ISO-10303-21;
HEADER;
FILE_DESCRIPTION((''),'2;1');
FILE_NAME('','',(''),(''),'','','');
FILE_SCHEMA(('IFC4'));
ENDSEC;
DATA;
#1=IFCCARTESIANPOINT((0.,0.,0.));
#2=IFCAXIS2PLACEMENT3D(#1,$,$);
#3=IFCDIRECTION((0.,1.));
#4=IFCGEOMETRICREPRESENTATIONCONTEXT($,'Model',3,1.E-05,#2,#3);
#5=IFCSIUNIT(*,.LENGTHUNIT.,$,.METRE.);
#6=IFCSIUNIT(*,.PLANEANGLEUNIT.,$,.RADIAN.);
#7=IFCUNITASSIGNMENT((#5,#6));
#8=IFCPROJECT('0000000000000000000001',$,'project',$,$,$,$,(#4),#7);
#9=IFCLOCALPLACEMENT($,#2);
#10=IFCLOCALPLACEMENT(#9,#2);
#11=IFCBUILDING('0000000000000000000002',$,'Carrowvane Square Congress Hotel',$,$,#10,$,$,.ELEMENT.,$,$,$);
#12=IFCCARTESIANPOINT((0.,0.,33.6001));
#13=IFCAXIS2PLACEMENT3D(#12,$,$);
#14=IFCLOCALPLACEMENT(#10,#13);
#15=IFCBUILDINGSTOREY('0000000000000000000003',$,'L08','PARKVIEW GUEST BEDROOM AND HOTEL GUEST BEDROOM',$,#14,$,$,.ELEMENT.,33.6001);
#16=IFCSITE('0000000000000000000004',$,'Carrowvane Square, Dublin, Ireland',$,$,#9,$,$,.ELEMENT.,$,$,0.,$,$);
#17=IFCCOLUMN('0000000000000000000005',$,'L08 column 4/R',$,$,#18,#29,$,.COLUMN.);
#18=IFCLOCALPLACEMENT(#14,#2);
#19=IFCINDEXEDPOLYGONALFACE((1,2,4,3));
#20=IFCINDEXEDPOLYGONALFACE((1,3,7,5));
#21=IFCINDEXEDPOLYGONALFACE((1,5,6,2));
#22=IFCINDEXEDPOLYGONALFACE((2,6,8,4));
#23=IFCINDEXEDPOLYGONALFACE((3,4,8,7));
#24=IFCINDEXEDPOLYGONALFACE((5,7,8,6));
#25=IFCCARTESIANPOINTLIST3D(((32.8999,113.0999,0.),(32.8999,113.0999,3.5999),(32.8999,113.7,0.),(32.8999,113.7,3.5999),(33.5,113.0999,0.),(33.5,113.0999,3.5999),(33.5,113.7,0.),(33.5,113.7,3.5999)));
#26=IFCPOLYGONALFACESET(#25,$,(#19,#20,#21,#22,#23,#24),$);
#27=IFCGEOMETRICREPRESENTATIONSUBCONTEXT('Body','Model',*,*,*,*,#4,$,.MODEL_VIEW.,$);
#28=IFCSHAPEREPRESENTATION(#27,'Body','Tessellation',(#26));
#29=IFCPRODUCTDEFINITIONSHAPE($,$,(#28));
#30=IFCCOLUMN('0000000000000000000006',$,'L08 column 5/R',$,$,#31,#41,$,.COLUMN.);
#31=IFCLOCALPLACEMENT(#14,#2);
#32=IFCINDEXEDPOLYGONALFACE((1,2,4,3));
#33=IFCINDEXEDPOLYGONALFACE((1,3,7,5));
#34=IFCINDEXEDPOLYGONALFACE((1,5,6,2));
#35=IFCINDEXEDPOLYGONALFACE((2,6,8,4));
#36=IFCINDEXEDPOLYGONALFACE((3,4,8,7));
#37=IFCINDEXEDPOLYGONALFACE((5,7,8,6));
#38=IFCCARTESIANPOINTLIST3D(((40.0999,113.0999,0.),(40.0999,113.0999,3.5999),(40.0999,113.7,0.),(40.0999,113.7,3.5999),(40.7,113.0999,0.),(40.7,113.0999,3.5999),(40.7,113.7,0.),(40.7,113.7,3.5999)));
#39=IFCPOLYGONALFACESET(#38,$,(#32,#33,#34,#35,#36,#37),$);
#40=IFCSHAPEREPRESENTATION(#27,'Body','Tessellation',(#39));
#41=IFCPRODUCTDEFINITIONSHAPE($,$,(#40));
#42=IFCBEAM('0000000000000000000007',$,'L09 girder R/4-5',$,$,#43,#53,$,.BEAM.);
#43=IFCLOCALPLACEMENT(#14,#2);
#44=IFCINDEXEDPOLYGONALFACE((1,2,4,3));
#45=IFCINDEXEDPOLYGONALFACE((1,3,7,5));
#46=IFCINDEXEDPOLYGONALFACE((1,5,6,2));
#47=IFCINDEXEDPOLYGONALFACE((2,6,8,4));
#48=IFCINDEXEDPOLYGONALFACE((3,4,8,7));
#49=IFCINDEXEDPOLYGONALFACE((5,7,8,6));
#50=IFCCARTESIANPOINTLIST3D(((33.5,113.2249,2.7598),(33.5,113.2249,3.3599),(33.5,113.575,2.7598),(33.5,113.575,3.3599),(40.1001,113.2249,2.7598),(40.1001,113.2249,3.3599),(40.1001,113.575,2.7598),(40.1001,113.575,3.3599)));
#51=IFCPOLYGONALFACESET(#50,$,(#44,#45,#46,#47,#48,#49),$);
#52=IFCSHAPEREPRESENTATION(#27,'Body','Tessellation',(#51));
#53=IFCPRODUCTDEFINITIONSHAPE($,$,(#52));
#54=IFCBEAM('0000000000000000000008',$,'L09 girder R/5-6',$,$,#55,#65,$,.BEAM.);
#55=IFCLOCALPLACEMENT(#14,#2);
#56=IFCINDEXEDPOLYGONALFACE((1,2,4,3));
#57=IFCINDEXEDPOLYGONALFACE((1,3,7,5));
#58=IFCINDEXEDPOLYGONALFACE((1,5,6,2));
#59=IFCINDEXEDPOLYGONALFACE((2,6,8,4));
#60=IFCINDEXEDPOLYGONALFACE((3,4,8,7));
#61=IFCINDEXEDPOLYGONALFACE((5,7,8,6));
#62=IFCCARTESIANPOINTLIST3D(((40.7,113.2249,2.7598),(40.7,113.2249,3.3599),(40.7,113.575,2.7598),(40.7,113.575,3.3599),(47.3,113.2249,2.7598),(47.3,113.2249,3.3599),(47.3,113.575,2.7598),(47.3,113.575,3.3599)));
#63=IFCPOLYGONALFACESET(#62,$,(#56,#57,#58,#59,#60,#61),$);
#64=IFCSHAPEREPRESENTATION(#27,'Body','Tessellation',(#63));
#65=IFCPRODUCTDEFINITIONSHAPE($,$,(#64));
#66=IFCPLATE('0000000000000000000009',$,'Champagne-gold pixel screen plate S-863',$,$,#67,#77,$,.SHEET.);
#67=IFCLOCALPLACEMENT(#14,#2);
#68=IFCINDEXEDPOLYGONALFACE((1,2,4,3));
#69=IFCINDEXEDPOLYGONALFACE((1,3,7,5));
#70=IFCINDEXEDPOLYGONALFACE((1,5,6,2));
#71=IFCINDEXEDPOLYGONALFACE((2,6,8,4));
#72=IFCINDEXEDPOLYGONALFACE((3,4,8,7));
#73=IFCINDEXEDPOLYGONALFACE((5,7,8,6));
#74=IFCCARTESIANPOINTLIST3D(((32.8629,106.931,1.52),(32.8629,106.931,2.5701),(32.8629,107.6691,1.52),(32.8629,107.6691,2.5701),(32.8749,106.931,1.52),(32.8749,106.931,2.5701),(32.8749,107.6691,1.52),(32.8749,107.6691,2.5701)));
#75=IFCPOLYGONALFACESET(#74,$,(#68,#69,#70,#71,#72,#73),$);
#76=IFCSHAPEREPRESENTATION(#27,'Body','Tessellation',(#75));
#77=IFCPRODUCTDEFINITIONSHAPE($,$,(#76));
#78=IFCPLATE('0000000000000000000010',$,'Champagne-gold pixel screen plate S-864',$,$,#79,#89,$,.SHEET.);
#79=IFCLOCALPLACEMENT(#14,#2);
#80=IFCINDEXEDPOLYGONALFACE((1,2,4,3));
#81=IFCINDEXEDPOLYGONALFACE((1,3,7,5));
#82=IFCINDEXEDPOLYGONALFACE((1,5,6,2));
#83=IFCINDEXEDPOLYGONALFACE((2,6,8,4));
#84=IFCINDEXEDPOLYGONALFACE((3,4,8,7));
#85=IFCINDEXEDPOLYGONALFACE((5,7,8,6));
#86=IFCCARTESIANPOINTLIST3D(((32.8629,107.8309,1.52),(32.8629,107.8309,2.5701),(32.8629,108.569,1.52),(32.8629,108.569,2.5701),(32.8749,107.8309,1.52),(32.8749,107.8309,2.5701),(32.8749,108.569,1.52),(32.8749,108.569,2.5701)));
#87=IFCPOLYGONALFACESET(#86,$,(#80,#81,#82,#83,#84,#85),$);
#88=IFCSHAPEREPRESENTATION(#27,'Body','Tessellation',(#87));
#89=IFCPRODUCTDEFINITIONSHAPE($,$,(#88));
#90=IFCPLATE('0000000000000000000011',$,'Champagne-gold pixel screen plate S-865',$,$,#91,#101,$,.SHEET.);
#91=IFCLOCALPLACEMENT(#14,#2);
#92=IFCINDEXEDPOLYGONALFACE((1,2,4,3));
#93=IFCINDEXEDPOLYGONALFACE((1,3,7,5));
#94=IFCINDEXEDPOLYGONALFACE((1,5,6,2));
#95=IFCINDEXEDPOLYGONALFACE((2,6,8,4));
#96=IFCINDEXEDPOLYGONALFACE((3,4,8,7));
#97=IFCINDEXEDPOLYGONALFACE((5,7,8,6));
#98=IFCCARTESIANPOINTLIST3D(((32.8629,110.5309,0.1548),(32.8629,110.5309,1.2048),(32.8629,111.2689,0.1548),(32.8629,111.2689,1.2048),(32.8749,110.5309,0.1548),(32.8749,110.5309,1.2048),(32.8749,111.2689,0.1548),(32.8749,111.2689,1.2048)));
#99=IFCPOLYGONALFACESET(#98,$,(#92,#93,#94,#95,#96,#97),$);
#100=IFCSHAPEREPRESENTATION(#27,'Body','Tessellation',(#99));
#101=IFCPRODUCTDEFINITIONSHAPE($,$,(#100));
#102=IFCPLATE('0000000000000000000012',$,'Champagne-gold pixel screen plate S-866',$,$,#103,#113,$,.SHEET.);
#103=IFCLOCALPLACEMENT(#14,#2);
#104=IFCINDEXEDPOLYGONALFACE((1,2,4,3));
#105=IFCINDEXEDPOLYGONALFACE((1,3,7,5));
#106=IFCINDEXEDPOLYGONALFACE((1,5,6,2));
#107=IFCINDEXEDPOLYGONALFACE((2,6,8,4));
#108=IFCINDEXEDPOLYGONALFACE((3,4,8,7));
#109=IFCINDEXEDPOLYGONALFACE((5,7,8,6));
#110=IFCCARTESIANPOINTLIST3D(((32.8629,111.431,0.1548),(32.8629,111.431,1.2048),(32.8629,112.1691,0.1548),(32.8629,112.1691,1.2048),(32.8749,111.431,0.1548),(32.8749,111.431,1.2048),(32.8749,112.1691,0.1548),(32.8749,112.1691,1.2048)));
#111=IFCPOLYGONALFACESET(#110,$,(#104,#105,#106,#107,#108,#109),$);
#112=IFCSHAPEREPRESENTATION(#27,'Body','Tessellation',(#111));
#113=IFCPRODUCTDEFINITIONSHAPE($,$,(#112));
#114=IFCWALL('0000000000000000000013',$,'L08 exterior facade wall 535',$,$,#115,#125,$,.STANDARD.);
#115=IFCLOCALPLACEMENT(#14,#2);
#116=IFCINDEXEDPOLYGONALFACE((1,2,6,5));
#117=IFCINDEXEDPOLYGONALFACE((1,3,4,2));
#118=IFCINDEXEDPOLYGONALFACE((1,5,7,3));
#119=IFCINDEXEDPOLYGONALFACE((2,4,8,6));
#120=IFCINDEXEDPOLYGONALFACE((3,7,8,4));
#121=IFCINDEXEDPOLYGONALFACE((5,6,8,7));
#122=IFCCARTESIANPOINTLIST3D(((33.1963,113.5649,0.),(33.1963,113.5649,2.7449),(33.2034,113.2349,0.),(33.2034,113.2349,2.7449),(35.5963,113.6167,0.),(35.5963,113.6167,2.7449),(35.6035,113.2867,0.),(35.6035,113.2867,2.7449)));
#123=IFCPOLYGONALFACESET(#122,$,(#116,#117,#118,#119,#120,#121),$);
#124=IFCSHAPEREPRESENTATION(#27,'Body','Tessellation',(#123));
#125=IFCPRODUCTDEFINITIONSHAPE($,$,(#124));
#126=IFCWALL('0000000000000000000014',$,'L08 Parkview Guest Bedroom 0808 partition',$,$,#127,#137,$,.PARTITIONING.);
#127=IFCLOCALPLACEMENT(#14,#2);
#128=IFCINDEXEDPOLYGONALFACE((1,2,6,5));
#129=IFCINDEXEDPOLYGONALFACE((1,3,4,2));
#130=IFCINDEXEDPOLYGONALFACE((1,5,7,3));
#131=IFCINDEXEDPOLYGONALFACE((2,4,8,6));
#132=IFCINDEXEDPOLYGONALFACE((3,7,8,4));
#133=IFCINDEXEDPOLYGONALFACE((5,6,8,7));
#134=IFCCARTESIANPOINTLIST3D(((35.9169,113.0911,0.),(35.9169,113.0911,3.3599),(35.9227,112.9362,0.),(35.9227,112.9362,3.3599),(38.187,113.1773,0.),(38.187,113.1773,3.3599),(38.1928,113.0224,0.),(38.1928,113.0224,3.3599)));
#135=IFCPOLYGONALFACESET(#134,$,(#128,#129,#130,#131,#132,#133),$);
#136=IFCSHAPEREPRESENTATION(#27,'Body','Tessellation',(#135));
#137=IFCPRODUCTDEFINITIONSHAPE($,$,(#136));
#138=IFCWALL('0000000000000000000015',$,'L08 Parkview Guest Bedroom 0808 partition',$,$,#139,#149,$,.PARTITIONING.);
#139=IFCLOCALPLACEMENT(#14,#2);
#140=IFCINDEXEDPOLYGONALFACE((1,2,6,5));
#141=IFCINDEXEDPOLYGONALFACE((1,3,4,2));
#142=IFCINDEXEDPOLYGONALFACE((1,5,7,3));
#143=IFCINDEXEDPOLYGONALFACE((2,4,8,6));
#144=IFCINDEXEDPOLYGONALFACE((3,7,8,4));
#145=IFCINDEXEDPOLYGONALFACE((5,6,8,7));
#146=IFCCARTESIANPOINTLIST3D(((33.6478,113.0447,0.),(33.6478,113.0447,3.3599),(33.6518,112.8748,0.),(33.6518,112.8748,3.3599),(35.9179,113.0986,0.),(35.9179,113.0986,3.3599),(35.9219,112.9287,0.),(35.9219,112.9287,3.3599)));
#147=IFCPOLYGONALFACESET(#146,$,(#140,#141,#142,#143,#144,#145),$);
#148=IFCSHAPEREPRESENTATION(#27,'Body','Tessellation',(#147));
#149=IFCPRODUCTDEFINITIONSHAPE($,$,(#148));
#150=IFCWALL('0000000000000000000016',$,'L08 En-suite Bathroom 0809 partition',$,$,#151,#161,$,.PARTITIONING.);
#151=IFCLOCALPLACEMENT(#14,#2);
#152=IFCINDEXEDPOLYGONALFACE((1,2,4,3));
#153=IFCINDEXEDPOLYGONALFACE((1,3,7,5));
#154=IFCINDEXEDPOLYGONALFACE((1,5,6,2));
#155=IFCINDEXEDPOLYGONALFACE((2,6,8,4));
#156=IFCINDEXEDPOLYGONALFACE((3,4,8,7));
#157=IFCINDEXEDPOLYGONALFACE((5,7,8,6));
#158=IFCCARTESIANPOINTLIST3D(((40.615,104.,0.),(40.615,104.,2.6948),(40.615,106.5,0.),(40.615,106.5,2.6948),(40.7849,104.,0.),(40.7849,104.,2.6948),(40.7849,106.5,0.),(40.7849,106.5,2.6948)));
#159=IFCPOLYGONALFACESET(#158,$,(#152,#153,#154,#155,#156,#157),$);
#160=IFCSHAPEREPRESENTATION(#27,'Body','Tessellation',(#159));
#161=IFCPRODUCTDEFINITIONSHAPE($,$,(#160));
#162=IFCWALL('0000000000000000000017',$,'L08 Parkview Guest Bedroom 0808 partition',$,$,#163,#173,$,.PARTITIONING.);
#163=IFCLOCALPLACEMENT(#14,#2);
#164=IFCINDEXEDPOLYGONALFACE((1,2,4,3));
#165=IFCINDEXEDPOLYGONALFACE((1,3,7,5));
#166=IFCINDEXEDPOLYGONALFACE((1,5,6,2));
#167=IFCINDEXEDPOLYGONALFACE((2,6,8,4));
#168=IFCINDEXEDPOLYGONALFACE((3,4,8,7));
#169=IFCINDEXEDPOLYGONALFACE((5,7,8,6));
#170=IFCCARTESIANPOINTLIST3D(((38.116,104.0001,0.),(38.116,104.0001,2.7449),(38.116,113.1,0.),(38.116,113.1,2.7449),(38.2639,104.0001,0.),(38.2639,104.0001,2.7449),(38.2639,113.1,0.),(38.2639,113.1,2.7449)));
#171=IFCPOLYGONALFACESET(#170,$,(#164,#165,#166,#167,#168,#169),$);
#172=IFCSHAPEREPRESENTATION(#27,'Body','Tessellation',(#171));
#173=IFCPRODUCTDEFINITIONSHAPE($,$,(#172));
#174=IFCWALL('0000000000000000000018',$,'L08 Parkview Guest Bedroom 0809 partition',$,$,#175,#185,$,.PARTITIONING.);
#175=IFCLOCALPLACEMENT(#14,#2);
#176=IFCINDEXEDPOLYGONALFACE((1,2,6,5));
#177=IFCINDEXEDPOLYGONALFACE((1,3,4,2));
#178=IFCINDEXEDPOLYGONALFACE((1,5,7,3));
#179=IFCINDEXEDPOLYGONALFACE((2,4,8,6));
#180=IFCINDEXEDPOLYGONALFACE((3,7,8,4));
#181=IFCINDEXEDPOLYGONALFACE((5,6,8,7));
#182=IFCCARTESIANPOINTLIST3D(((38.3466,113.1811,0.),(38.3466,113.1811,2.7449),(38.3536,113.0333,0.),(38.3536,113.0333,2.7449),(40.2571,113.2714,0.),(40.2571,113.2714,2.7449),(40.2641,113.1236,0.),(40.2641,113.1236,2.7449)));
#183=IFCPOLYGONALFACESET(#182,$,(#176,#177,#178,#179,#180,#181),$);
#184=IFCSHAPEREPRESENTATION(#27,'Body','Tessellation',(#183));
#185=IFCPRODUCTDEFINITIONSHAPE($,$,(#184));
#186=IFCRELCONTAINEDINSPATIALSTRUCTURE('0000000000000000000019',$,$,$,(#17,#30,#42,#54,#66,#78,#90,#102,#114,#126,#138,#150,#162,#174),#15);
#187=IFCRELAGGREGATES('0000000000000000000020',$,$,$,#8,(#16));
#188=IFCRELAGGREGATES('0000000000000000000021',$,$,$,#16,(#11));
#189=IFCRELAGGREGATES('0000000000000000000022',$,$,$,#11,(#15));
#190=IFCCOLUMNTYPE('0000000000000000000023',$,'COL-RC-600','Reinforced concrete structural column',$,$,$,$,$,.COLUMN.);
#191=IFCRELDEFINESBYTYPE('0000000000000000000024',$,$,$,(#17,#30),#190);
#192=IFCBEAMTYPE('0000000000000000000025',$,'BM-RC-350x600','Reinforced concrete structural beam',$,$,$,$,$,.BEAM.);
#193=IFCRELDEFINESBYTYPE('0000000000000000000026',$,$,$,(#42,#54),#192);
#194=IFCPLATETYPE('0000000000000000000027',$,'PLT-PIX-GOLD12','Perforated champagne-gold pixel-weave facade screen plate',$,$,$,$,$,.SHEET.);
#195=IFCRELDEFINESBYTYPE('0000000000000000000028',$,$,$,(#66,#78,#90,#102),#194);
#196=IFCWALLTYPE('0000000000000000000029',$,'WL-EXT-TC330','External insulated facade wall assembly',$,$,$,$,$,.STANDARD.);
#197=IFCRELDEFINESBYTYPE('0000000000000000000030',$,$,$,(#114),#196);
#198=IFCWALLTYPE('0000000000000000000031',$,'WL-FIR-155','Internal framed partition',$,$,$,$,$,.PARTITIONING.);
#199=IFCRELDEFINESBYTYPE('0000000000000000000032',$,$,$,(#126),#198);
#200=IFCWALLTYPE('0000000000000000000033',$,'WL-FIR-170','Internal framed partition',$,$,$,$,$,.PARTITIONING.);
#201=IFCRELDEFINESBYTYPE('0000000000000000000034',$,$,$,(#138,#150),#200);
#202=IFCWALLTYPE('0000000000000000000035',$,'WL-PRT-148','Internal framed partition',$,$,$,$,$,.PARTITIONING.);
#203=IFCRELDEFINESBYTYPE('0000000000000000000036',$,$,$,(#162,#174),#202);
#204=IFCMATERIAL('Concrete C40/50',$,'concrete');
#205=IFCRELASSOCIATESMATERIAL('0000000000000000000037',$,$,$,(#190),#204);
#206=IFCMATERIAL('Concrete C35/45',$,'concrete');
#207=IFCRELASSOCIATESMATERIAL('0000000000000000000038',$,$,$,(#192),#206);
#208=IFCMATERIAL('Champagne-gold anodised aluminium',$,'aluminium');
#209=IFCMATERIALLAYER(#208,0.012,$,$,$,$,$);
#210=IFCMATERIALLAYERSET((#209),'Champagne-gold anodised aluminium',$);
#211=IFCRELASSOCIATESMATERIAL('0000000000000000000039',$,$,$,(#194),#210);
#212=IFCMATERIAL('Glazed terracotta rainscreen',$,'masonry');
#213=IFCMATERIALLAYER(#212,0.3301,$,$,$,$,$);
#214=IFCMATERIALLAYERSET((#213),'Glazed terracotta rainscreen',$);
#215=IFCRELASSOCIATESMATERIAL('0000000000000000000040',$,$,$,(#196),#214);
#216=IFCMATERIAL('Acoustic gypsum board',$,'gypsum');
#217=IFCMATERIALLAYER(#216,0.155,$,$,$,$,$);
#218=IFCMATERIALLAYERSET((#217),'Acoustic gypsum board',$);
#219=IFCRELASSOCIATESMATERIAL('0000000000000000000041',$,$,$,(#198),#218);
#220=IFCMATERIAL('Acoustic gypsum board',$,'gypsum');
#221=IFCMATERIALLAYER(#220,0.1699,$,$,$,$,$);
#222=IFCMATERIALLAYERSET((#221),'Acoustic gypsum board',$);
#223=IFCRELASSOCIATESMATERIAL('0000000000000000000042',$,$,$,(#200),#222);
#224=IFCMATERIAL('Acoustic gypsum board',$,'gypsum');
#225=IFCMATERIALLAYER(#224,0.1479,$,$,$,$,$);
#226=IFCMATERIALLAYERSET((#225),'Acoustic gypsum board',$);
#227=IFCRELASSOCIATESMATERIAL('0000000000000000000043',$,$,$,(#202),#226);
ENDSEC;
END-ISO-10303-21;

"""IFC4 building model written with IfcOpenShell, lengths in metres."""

from ifc_helpers import new_model, si_unit, direction, frame, frame_2d, origin, origin_2d, place, context, subcontext, project, spatial, rectangle, extrude, material, layer, layer_set, material_profile, profile_set, type_object, element, save


model = new_model("IFC4")

# Units and contexts
model_context = context("Model", 3, precision=1e-05, world=origin(), true_north=direction((0.0, 1.0)))
body_context = subcontext(model_context, "Body", "Model", "MODEL_VIEW")
ifc_project = project(units=[si_unit("LENGTHUNIT", "METRE"), si_unit("PLANEANGLEUNIT", "RADIAN")], contexts=[model_context])

# Site, building, storey
site_placement = place(None, origin())
site = spatial("IfcSite", under=ifc_project, at=site_placement, Name="Carrowvane Square, Dublin, Ireland", CompositionType="ELEMENT", RefElevation=0.0)
building_placement = place(site_placement, origin())
building = spatial("IfcBuilding", under=site, at=building_placement, Name="Carrowvane Square Congress Hotel", CompositionType="ELEMENT")
storey_placement = place(building_placement, frame((0.0, 0.0, 33.6001)))
storey = spatial("IfcBuildingStorey", under=building, at=storey_placement, Name="L08", Description="PARKVIEW GUEST BEDROOM AND HOTEL GUEST BEDROOM", CompositionType="ELEMENT", Elevation=33.6001)

# Columns
ifc_material_1 = material(Name="Concrete C40/50", Category="concrete")
ifc_material_profile_1 = material_profile(ifc_material_1, rectangle(XDim=0.6001, YDim=0.6001, at=origin_2d()), Name="RC 600x600")
ifc_profile_set_1 = profile_set([ifc_material_profile_1], Name="Concrete C40/50")
column_type = type_object("IfcColumnType", Name="COL-RC-600", Description="Reinforced concrete structural column", PredefinedType="COLUMN", material=ifc_profile_set_1)
for number, where, z_axis, x_axis, name in (
    (1, (33.2, 113.3999, 0.0), (0.0, 0.0, 1.0), (1.0, 0.0, 0.0), "L08 column 4/R"),
    (2, (40.3999, 113.3999, 0.0), (0.0, 0.0, 1.0), (1.0, 0.0, 0.0), "L08 column 5/R"),
):
    element("IfcColumn", number, at=place(storey_placement, frame(where, z_axis=z_axis, x_axis=x_axis)), inside=storey, type_object=column_type, Name=name, PredefinedType="COLUMN", context=body_context, shape_type="SweptSolid", body=[
        extrude(rectangle(XDim=0.6001, YDim=0.6001, at=origin_2d()), origin(), (0.0, 0.0, 1.0), 3.5999),
    ])

# Beams
ifc_material_2 = material(Name="Concrete C35/45", Category="concrete")
ifc_material_profile_2 = material_profile(ifc_material_2, rectangle(XDim=0.3501, YDim=0.6001, at=origin_2d()), Name="RC 350x600")
ifc_profile_set_2 = profile_set([ifc_material_profile_2], Name="Concrete C35/45")
beam_type = type_object("IfcBeamType", Name="BM-RC-350x600", Description="Reinforced concrete structural beam", PredefinedType="BEAM", material=ifc_profile_set_2)
for number, where, z_axis, x_axis, name in (
    (3, (33.5, 113.3999, 3.0598), (1.0, 0.0, 0.0), (0.0, 1.0, 0.0), "L09 girder R/4-5"),
    (4, (40.7, 113.3999, 3.0598), (1.0, 0.0, 0.0), (0.0, 1.0, 0.0), "L09 girder R/5-6"),
):
    element("IfcBeam", number, at=place(storey_placement, frame(where, z_axis=z_axis, x_axis=x_axis)), inside=storey, type_object=beam_type, Name=name, PredefinedType="BEAM", context=body_context, shape_type="SweptSolid", body=[
        extrude(rectangle(XDim=0.3501, YDim=0.6001, at=origin_2d()), origin(), (0.0, 0.0, 1.0), 6.6001),
    ])

# Plates
ifc_material_3 = material(Name="Champagne-gold anodised aluminium", Category="aluminium")
ifc_layer_1 = layer(ifc_material_3, 0.012)
ifc_layer_set_1 = layer_set([ifc_layer_1], Name="Champagne-gold anodised aluminium")
plate_type = type_object("IfcPlateType", Name="PLT-PIX-GOLD12", Description="Perforated champagne-gold pixel-weave facade screen plate", PredefinedType="SHEET", material=ifc_layer_set_1)
for number, where, z_axis, x_axis, name in (
    (5, (32.8689, 107.3, 1.52), (0.0, 0.0, 1.0), (0.0, 1.0, 0.0), "Champagne-gold pixel screen plate S-863"),
    (6, (32.8689, 108.2, 1.52), (0.0, 0.0, 1.0), (0.0, 1.0, 0.0), "Champagne-gold pixel screen plate S-864"),
    (7, (32.8689, 110.8999, 0.1548), (0.0, 0.0, 1.0), (0.0, 1.0, 0.0), "Champagne-gold pixel screen plate S-865"),
    (8, (32.8689, 111.8, 0.1548), (0.0, 0.0, 1.0), (0.0, 1.0, 0.0), "Champagne-gold pixel screen plate S-866"),
):
    element("IfcPlate", number, at=place(storey_placement, frame(where, z_axis=z_axis, x_axis=x_axis)), inside=storey, type_object=plate_type, Name=name, PredefinedType="SHEET", context=body_context, shape_type="SweptSolid", body=[
        extrude(rectangle(XDim=0.738, YDim=0.012, at=origin_2d()), origin(), (0.0, 0.0, 1.0), 1.05),
    ])

# Walls
ifc_material_4 = material(Name="Glazed terracotta rainscreen", Category="masonry")
ifc_layer_2 = layer(ifc_material_4, 0.3301)
ifc_layer_set_2 = layer_set([ifc_layer_2], Name="Glazed terracotta rainscreen")
wall_type_1 = type_object("IfcWallType", Name="WL-EXT-TC330", Description="External insulated facade wall assembly", PredefinedType="STANDARD", material=ifc_layer_set_2)
wall_1_placement = place(storey_placement, frame((33.2, 113.3999, 0.0), z_axis=(0.0, 0.0, 1.0), x_axis=(0.999768, 0.021559, 0.0)))
element("IfcWall", 9, at=wall_1_placement, inside=storey, type_object=wall_type_1, Name="L08 exterior facade wall 535", PredefinedType="STANDARD", context=body_context, shape_type="SweptSolid", body=[
    extrude(rectangle(XDim=2.4006, YDim=0.3301, at=frame_2d((1.2002, 0.0))), origin(), (0.0, 0.0, 1.0), 2.7449),
])
ifc_material_5 = material(Name="Acoustic gypsum board", Category="gypsum")
ifc_layer_3 = layer(ifc_material_5, 0.155)
ifc_layer_set_3 = layer_set([ifc_layer_3], Name="Acoustic gypsum board")
wall_type_2 = type_object("IfcWallType", Name="WL-FIR-155", Description="Internal framed partition", PredefinedType="PARTITIONING", material=ifc_layer_set_3)
wall_2_placement = place(storey_placement, frame((35.9199, 113.0137, 0.0), z_axis=(0.0, 0.0, 1.0), x_axis=(0.99928, 0.037938, 0.0)))
element("IfcWall", 10, at=wall_2_placement, inside=storey, type_object=wall_type_2, Name="L08 Parkview Guest Bedroom 0808 partition", PredefinedType="PARTITIONING", context=body_context, shape_type="SweptSolid", body=[
    extrude(rectangle(XDim=2.2717, YDim=0.155, at=frame_2d((1.1357, 0.0))), origin(), (0.0, 0.0, 1.0), 3.3599),
])
ifc_material_6 = material(Name="Acoustic gypsum board", Category="gypsum")
ifc_layer_4 = layer(ifc_material_6, 0.1699)
ifc_layer_set_4 = layer_set([ifc_layer_4], Name="Acoustic gypsum board")
wall_type_3 = type_object("IfcWallType", Name="WL-FIR-170", Description="Internal framed partition", PredefinedType="PARTITIONING", material=ifc_layer_set_4)
wall_3_placement = place(storey_placement, frame((33.6499, 112.9597, 0.0), z_axis=(0.0, 0.0, 1.0), x_axis=(0.999718, 0.023762, 0.0)))
element("IfcWall", 11, at=wall_3_placement, inside=storey, type_object=wall_type_3, Name="L08 Parkview Guest Bedroom 0808 partition", PredefinedType="PARTITIONING", context=body_context, shape_type="SweptSolid", body=[
    extrude(rectangle(XDim=2.2708, YDim=0.1699, at=frame_2d((1.1353, 0.0))), origin(), (0.0, 0.0, 1.0), 3.3599),
])
wall_4_placement = place(storey_placement, frame((40.7, 106.5, 0.0), z_axis=(0.0, 0.0, 1.0), x_axis=(0.0, -1.0, 0.0)))
element("IfcWall", 12, at=wall_4_placement, inside=storey, type_object=wall_type_3, Name="L08 En-suite Bathroom 0809 partition", PredefinedType="PARTITIONING", context=body_context, shape_type="SweptSolid", body=[
    extrude(rectangle(XDim=2.5, YDim=0.1699, at=frame_2d((1.25, 0.0))), origin(), (0.0, 0.0, 1.0), 2.6948),
])
ifc_material_7 = material(Name="Acoustic gypsum board", Category="gypsum")
ifc_layer_5 = layer(ifc_material_7, 0.1479)
ifc_layer_set_5 = layer_set([ifc_layer_5], Name="Acoustic gypsum board")
wall_type_4 = type_object("IfcWallType", Name="WL-PRT-148", Description="Internal framed partition", PredefinedType="PARTITIONING", material=ifc_layer_set_5)
wall_5_placement = place(storey_placement, frame((38.1899, 113.0999, 0.0), z_axis=(0.0, 0.0, 1.0), x_axis=(0.0, -1.0, 0.0)))
element("IfcWall", 13, at=wall_5_placement, inside=storey, type_object=wall_type_4, Name="L08 Parkview Guest Bedroom 0808 partition", PredefinedType="PARTITIONING", context=body_context, shape_type="SweptSolid", body=[
    extrude(rectangle(XDim=9.0999, YDim=0.1479, at=frame_2d((4.5498, 0.0))), origin(), (0.0, 0.0, 1.0), 2.7449),
])
wall_6_placement = place(storey_placement, frame((38.3501, 113.1072, 0.0), z_axis=(0.0, 0.0, 1.0), x_axis=(0.998884, 0.047232, 0.0)))
element("IfcWall", 14, at=wall_6_placement, inside=storey, type_object=wall_type_4, Name="L08 Parkview Guest Bedroom 0809 partition", PredefinedType="PARTITIONING", context=body_context, shape_type="SweptSolid", body=[
    extrude(rectangle(XDim=1.9126, YDim=0.1479, at=frame_2d((0.9563, 0.0))), origin(), (0.0, 0.0, 1.0), 2.7449),
])

save(model, "model.ifc")
